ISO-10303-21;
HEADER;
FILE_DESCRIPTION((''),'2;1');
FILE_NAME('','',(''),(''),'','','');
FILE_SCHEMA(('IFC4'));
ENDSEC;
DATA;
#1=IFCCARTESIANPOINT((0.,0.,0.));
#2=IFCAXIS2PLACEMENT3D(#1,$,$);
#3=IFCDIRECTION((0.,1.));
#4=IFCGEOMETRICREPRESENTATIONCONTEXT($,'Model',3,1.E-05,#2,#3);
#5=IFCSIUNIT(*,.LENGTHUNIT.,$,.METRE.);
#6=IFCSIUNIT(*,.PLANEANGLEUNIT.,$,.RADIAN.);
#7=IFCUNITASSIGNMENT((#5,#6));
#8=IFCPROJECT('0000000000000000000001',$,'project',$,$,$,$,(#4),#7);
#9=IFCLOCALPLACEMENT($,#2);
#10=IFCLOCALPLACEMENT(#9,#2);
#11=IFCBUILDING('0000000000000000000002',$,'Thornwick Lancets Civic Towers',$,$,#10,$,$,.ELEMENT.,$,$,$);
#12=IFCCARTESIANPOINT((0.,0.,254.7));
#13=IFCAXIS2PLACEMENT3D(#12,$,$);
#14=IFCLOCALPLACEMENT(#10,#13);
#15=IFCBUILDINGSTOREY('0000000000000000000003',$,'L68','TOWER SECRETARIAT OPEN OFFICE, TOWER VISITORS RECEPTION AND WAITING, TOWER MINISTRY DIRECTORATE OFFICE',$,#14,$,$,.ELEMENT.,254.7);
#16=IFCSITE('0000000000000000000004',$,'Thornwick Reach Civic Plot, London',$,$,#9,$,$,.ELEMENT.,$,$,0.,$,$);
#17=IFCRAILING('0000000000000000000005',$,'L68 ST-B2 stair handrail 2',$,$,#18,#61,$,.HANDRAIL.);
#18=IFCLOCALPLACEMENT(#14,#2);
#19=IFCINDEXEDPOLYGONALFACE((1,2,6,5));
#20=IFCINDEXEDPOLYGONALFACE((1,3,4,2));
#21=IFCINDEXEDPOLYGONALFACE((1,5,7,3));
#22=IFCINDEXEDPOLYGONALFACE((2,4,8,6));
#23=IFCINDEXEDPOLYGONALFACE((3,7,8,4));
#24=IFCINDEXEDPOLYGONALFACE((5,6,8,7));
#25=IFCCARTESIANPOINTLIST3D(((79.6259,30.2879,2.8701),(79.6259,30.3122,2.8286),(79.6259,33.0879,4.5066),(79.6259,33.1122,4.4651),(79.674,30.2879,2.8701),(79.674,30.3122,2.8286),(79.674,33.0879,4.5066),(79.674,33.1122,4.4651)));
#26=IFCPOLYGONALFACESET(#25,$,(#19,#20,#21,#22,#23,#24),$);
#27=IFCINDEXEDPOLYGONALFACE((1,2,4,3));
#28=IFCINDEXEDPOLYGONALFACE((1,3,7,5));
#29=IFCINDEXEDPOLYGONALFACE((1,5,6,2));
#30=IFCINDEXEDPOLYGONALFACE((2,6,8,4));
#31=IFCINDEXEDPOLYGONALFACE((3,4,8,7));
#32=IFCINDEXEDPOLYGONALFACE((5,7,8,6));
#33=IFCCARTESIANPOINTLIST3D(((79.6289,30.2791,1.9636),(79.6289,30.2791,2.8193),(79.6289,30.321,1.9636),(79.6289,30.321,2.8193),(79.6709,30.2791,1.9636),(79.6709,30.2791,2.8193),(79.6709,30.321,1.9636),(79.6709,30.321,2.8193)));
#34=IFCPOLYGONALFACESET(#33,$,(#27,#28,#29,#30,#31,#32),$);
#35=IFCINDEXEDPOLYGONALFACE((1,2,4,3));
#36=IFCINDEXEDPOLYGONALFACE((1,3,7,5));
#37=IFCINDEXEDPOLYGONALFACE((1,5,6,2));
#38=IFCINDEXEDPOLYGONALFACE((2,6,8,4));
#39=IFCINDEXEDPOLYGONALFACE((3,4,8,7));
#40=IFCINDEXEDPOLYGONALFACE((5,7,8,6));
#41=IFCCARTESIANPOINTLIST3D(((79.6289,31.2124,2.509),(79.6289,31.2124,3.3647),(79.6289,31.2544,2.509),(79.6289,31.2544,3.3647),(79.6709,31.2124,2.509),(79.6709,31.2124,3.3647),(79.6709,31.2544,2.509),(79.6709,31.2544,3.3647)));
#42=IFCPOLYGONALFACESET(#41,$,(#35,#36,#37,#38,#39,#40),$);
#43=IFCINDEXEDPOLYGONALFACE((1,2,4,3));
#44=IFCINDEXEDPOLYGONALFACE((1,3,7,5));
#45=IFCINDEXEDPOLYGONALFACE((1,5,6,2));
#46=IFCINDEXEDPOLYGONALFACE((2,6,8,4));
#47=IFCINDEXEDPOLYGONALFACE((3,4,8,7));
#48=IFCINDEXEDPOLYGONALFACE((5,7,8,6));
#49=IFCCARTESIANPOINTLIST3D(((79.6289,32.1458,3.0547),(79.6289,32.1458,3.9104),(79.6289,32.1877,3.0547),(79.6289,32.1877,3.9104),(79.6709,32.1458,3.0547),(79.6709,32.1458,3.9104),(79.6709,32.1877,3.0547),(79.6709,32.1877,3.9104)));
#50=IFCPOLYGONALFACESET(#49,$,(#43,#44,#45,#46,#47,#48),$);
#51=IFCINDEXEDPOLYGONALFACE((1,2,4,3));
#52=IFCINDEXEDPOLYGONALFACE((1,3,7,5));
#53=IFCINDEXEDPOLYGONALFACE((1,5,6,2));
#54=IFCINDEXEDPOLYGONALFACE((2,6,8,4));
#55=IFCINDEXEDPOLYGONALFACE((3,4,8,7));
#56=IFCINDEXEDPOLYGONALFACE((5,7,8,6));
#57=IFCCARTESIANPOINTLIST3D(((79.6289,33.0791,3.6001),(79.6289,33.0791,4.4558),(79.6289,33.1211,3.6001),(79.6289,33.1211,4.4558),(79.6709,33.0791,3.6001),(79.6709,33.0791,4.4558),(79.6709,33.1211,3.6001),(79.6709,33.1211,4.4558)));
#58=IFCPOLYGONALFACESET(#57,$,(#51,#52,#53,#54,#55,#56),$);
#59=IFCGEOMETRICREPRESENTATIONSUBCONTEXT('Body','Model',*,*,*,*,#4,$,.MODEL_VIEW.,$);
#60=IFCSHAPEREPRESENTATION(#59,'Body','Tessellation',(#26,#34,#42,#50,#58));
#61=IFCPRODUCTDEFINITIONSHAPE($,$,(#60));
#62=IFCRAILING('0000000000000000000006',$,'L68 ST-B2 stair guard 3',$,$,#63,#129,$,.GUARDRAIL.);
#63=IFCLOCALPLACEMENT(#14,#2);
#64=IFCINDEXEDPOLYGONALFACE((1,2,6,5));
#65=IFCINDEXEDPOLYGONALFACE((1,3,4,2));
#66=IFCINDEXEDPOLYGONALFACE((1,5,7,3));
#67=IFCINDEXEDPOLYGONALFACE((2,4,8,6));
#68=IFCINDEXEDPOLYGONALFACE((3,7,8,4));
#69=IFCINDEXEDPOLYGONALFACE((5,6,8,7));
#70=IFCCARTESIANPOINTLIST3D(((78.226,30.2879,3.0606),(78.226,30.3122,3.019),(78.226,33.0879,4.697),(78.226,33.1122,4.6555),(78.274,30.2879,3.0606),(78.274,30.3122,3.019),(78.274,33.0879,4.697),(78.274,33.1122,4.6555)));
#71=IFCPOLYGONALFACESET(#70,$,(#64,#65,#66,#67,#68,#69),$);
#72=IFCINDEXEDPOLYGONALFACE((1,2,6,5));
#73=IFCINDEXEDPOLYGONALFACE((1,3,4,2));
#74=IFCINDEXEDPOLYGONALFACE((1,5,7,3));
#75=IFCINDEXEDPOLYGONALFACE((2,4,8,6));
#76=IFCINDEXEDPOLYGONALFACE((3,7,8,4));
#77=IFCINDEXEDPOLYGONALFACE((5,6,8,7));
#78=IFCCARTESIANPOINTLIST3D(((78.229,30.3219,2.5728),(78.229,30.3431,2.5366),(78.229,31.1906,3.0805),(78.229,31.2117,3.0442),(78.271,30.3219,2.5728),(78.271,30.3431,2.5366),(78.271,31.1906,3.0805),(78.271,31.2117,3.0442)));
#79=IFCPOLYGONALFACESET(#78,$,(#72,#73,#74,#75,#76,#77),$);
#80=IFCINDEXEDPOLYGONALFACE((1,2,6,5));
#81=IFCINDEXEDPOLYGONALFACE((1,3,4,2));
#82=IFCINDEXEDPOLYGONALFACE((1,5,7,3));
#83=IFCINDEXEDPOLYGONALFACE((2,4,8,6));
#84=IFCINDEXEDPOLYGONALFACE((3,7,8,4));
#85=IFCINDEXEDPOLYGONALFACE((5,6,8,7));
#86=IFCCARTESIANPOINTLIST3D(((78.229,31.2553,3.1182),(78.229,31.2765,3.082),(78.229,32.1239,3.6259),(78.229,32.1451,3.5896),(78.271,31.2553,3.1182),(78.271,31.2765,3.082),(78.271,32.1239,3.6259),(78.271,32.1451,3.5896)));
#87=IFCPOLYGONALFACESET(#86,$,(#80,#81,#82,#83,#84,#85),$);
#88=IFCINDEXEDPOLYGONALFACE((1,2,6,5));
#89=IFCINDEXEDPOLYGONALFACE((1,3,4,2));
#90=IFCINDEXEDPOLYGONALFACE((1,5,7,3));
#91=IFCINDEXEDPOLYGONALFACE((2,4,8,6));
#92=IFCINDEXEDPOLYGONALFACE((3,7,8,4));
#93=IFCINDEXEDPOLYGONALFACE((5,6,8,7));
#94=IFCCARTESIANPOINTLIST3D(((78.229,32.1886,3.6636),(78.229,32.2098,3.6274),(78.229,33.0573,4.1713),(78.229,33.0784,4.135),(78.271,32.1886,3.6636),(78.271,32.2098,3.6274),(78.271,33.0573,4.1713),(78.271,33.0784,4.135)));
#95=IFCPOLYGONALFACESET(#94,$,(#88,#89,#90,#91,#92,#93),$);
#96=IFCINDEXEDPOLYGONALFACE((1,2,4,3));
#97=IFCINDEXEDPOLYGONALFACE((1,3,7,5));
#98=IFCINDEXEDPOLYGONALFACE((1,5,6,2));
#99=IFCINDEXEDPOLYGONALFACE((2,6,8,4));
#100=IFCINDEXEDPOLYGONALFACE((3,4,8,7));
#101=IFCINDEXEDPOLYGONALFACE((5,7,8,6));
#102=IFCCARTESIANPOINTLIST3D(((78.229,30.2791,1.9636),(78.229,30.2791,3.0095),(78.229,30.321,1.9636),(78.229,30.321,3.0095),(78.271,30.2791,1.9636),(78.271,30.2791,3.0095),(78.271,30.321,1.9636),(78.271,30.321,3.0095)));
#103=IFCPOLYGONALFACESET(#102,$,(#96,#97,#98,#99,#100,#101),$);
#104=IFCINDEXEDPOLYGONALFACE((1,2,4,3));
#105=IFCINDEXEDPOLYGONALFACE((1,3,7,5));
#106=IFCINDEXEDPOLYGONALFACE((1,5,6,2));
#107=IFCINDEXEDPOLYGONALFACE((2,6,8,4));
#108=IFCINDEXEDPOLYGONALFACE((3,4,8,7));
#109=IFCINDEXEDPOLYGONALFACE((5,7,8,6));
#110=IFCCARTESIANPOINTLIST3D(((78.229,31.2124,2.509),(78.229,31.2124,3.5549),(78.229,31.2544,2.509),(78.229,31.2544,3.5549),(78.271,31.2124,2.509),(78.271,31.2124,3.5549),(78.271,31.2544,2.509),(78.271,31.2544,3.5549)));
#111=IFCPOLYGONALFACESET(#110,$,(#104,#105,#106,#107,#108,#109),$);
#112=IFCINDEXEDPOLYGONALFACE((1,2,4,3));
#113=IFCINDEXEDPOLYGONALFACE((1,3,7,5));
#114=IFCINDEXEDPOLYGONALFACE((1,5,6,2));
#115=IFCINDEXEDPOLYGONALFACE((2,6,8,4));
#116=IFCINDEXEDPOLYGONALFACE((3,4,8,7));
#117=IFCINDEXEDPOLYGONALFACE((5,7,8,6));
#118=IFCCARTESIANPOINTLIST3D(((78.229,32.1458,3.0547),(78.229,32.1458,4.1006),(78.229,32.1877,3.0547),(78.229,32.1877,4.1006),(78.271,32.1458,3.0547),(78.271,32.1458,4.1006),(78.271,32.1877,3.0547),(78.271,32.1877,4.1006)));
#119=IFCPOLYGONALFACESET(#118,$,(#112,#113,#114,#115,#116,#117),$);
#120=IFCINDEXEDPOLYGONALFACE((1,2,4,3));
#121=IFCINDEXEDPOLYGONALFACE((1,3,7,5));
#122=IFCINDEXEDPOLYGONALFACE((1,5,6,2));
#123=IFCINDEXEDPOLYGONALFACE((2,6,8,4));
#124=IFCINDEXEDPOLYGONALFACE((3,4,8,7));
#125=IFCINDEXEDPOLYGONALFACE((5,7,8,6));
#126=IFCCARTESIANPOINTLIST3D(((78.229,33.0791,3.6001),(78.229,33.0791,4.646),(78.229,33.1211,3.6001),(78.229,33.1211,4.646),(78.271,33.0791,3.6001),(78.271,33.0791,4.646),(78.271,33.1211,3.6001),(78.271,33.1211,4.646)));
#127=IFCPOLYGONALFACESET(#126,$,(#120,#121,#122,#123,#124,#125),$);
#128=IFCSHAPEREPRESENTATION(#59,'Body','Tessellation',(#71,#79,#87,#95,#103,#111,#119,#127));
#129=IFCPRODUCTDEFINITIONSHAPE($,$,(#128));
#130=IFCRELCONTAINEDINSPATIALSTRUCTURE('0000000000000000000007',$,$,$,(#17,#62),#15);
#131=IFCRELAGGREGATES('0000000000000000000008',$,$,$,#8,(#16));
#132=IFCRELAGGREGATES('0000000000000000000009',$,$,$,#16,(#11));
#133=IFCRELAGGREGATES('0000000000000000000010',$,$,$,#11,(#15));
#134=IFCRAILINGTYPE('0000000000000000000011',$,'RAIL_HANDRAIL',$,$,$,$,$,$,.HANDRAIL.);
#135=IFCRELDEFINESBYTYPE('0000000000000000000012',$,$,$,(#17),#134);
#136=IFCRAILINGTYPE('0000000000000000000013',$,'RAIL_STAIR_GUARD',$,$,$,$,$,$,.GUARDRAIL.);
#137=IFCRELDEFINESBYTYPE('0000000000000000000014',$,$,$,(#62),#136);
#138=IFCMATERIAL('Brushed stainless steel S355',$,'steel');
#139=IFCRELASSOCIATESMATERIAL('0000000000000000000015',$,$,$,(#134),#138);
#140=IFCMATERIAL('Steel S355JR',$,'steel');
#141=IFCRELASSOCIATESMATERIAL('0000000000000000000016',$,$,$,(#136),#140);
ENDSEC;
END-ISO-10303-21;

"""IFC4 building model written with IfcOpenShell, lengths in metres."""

from ifc_helpers import new_model, si_unit, direction, frame, origin, origin_2d, place, context, subcontext, project, spatial, rectangle, extrude, material, type_object, element, save


model = new_model("IFC4")

# Units and contexts
model_context = context("Model", 3, precision=1e-05, world=origin(), true_north=direction((0.0, 1.0)))
body_context = subcontext(model_context, "Body", "Model", "MODEL_VIEW")
ifc_project = project(units=[si_unit("LENGTHUNIT", "METRE"), si_unit("PLANEANGLEUNIT", "RADIAN")], contexts=[model_context])

# Site, building, storey
site_placement = place(None, origin())
site = spatial("IfcSite", under=ifc_project, at=site_placement, Name="Thornwick Reach Civic Plot, London", CompositionType="ELEMENT", RefElevation=0.0)
building_placement = place(site_placement, origin())
building = spatial("IfcBuilding", under=site, at=building_placement, Name="Thornwick Lancets Civic Towers", CompositionType="ELEMENT")
storey_placement = place(building_placement, frame((0.0, 0.0, 254.7)))
storey = spatial("IfcBuildingStorey", under=building, at=storey_placement, Name="L68", Description="TOWER SECRETARIAT OPEN OFFICE, TOWER VISITORS RECEPTION AND WAITING, TOWER MINISTRY DIRECTORATE OFFICE", CompositionType="ELEMENT", Elevation=254.7)

# Shared definitions
ifc_material_1 = material(Name="Steel S355JR", Category="steel")

# Railings
ifc_material_2 = material(Name="Brushed stainless steel S355", Category="steel")
railing_type_1 = type_object("IfcRailingType", Name="RAIL_HANDRAIL", PredefinedType="HANDRAIL", material=ifc_material_2)
railing_1_placement = place(storey_placement, frame((79.6499, 30.3, 1.9636)))
element("IfcRailing", 1, at=railing_1_placement, inside=storey, type_object=railing_type_1, Name="L68 ST-B2 stair handrail 2", PredefinedType="HANDRAIL", context=body_context, shape_type="SweptSolid", body=[
    extrude(rectangle(XDim=0.0481, YDim=0.0481, at=origin_2d()), frame((0.0, 0.0, 0.8857), z_axis=(0.0, 0.863361, 0.504587), x_axis=(-1.0, 0.0, 0.0)), (0.0, 0.0, 1.0), 3.2432),
    extrude(rectangle(XDim=0.042, YDim=0.042, at=origin_2d()), origin(), (0.0, 0.0, 1.0), 0.8557),
    extrude(rectangle(XDim=0.042, YDim=0.042, at=origin_2d()), frame((0.0, 0.9333, 0.5454)), (0.0, 0.0, 1.0), 0.8557),
    extrude(rectangle(XDim=0.042, YDim=0.042, at=origin_2d()), frame((0.0, 1.8667, 1.0911)), (0.0, 0.0, 1.0), 0.8557),
    extrude(rectangle(XDim=0.042, YDim=0.042, at=origin_2d()), frame((0.0, 2.8, 1.6365)), (0.0, 0.0, 1.0), 0.8557),
])
railing_type_2 = type_object("IfcRailingType", Name="RAIL_STAIR_GUARD", PredefinedType="GUARDRAIL", material=ifc_material_1)
railing_2_placement = place(storey_placement, frame((78.25, 30.3, 1.9636)))
element("IfcRailing", 2, at=railing_2_placement, inside=storey, type_object=railing_type_2, Name="L68 ST-B2 stair guard 3", PredefinedType="GUARDRAIL", context=body_context, shape_type="SweptSolid", body=[
    extrude(rectangle(XDim=0.0481, YDim=0.0481, at=origin_2d()), frame((0.0, 0.0, 1.0762), z_axis=(0.0, 0.863361, 0.504587), x_axis=(-1.0, 0.0, 0.0)), (0.0, 0.0, 1.0), 3.2432),
    extrude(rectangle(XDim=0.042, YDim=0.042, at=origin_2d()), frame((0.0, 0.0325, 0.5911), z_axis=(0.0, 0.863361, 0.504587), x_axis=(-1.0, 0.0, 0.0)), (0.0, 0.0, 1.0), 1.0061),
    extrude(rectangle(XDim=0.042, YDim=0.042, at=origin_2d()), frame((0.0, 0.9658, 1.1365), z_axis=(0.0, 0.863361, 0.504587), x_axis=(-1.0, 0.0, 0.0)), (0.0, 0.0, 1.0), 1.0061),
    extrude(rectangle(XDim=0.042, YDim=0.042, at=origin_2d()), frame((0.0, 1.8992, 1.6819), z_axis=(0.0, 0.863361, 0.504587), x_axis=(-1.0, 0.0, 0.0)), (0.0, 0.0, 1.0), 1.0061),
    extrude(rectangle(XDim=0.042, YDim=0.042, at=origin_2d()), origin(), (0.0, 0.0, 1.0), 1.0459),
    extrude(rectangle(XDim=0.042, YDim=0.042, at=origin_2d()), frame((0.0, 0.9333, 0.5454)), (0.0, 0.0, 1.0), 1.0459),
    extrude(rectangle(XDim=0.042, YDim=0.042, at=origin_2d()), frame((0.0, 1.8667, 1.0911)), (0.0, 0.0, 1.0), 1.0459),
    extrude(rectangle(XDim=0.042, YDim=0.042, at=origin_2d()), frame((0.0, 2.8, 1.6365)), (0.0, 0.0, 1.0), 1.0459),
])

save(model, "model.ifc")
